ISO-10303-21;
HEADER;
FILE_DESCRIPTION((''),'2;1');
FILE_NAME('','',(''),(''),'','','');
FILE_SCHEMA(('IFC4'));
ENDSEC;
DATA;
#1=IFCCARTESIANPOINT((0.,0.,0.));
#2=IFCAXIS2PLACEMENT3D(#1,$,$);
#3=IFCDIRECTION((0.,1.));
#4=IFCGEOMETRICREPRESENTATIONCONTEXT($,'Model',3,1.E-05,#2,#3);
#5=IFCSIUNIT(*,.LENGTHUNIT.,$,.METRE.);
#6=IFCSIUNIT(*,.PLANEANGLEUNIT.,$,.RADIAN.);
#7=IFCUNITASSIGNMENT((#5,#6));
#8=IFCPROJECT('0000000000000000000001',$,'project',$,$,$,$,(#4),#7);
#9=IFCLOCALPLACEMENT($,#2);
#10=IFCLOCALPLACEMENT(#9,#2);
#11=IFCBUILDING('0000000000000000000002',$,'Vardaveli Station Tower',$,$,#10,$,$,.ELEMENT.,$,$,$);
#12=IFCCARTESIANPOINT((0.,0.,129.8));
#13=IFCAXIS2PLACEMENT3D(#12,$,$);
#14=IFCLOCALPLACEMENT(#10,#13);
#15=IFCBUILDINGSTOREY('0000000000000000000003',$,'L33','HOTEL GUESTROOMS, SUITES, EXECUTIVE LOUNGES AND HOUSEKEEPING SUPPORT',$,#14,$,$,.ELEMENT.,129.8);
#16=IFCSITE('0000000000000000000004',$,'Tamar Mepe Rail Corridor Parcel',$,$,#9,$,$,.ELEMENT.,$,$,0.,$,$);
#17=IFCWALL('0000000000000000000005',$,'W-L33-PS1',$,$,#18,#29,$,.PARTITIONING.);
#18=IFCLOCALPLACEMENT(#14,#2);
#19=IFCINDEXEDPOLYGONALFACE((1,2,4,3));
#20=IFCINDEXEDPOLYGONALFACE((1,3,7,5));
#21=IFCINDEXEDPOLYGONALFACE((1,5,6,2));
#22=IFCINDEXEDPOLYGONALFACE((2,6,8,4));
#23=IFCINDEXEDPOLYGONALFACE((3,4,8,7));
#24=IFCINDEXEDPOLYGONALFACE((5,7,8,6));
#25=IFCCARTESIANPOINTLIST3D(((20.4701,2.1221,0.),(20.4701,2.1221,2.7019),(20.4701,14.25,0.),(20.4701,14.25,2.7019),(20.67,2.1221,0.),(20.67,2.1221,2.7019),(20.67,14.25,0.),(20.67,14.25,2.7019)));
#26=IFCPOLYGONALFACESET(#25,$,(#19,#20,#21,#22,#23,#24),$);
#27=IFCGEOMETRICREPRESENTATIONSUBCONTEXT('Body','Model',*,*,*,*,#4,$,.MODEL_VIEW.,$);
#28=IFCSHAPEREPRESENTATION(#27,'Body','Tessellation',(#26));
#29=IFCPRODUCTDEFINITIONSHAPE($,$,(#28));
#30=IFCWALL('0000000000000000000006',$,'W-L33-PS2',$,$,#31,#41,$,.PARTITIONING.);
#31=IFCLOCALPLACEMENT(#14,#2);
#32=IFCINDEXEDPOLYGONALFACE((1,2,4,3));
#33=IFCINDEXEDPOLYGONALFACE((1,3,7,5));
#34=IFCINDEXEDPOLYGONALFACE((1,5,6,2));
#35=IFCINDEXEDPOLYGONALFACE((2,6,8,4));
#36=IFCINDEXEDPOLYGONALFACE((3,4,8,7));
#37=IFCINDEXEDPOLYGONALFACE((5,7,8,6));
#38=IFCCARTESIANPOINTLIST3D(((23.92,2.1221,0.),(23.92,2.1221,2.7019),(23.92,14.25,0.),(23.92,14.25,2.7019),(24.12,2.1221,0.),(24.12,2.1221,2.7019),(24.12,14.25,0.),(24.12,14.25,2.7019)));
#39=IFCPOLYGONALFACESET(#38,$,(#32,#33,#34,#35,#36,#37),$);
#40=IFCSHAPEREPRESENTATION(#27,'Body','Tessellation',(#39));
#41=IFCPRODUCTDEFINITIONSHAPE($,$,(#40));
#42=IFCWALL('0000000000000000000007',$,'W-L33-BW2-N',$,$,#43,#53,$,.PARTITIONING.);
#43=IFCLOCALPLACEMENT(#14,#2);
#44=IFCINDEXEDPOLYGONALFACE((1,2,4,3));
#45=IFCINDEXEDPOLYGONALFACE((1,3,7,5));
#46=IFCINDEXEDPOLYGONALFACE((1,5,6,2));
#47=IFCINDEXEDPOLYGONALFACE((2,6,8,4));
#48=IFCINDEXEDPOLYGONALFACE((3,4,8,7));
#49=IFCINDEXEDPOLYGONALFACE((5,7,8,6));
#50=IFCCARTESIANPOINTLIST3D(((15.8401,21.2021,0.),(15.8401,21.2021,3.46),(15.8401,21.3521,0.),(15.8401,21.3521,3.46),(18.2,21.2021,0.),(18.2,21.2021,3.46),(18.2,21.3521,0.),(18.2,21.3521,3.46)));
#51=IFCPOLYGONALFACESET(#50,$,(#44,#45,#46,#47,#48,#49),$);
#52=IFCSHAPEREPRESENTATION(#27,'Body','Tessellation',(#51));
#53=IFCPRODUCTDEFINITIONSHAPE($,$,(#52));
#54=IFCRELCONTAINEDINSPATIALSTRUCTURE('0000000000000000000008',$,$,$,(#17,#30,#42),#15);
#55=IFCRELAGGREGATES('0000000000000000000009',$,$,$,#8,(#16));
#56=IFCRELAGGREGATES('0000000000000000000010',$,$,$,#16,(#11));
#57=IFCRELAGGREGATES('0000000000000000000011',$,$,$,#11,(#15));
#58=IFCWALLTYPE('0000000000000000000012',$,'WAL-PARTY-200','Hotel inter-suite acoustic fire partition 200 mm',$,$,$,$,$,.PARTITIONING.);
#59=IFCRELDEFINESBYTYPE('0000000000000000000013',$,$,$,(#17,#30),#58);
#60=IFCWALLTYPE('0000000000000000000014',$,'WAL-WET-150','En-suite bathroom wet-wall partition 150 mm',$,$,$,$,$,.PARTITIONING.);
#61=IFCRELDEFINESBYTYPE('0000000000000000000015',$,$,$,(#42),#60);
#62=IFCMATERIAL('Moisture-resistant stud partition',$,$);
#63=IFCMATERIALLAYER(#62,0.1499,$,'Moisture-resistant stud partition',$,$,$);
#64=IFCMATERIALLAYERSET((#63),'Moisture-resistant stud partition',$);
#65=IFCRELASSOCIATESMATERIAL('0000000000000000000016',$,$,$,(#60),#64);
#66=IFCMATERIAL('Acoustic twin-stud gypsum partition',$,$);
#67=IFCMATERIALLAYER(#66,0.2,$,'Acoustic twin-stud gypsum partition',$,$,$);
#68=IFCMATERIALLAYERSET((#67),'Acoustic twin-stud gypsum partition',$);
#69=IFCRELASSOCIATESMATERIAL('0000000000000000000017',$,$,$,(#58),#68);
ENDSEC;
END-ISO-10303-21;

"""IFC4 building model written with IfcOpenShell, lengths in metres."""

from ifc_helpers import new_model, si_unit, direction, frame, frame_2d, origin, place, context, subcontext, project, spatial, rectangle, extrude, source, transform, mapped, material, layer, layer_set, type_object, element, save


model = new_model("IFC4")

# Units and contexts
model_context = context("Model", 3, precision=1e-05, world=origin(), true_north=direction((0.0, 1.0)))
body_context = subcontext(model_context, "Body", "Model", "MODEL_VIEW")
ifc_project = project(units=[si_unit("LENGTHUNIT", "METRE"), si_unit("PLANEANGLEUNIT", "RADIAN")], contexts=[model_context])

# Site, building, storey
site_placement = place(None, origin())
site = spatial("IfcSite", under=ifc_project, at=site_placement, Name="Tamar Mepe Rail Corridor Parcel", CompositionType="ELEMENT", RefElevation=0.0)
building_placement = place(site_placement, origin())
building = spatial("IfcBuilding", under=site, at=building_placement, Name="Vardaveli Station Tower", CompositionType="ELEMENT")
storey_placement = place(building_placement, frame((0.0, 0.0, 129.8)))
storey = spatial("IfcBuildingStorey", under=building, at=storey_placement, Name="L33", Description="HOTEL GUESTROOMS, SUITES, EXECUTIVE LOUNGES AND HOUSEKEEPING SUPPORT", CompositionType="ELEMENT", Elevation=129.8)

# Shared definitions
ifc_material_1 = material(Name="Moisture-resistant stud partition")
ifc_layer_1 = layer(ifc_material_1, 0.1499, Name="Moisture-resistant stud partition")
ifc_layer_set_1 = layer_set([ifc_layer_1], Name="Moisture-resistant stud partition")
wall_type_1 = type_object("IfcWallType", Name="WAL-WET-150", Description="En-suite bathroom wet-wall partition 150 mm", PredefinedType="PARTITIONING", material=ifc_layer_set_1)

# Walls
ifc_material_2 = material(Name="Acoustic twin-stud gypsum partition")
ifc_layer_2 = layer(ifc_material_2, 0.2, Name="Acoustic twin-stud gypsum partition")
ifc_layer_set_2 = layer_set([ifc_layer_2], Name="Acoustic twin-stud gypsum partition")
wall_type_2 = type_object("IfcWallType", Name="WAL-PARTY-200", Description="Hotel inter-suite acoustic fire partition 200 mm", PredefinedType="PARTITIONING", material=ifc_layer_set_2)
shared_shape_1 = source(origin(), body_context, "Body", "SweptSolid", [
    extrude(rectangle(XDim=12.1279, YDim=0.2, at=frame_2d((6.064, 0.0))), origin(), (0.0, 0.0, 1.0), 2.7019),
])
for number, where, z_axis, x_axis, name in (
    (1, (20.5701, 2.1221, 0.0), (0.0, 0.0, 1.0), (0.0, 1.0, 0.0), "W-L33-PS1"),
    (2, (24.02, 2.1221, 0.0), (0.0, 0.0, 1.0), (0.0, 1.0, 0.0), "W-L33-PS2"),
):
    element("IfcWall", number, at=place(storey_placement, frame(where, z_axis=z_axis, x_axis=x_axis)), inside=storey, type_object=wall_type_2, Name=name, PredefinedType="PARTITIONING", context=body_context, shape_type="MappedRepresentation", body=[
        mapped(shared_shape_1, transform((0.0, 0.0, 0.0), scale=1.0)),
    ])
shared_shape_2 = source(origin(), body_context, "Body", "SweptSolid", [
    extrude(rectangle(XDim=2.3599, YDim=0.1499, at=frame_2d((1.1799, 0.0))), origin(), (0.0, 0.0, 1.0), 3.46),
])
wall_1_placement = place(storey_placement, frame((15.8401, 21.2771, 0.0), z_axis=(0.0, 0.0, 1.0), x_axis=(1.0, 0.0, 0.0)))
element("IfcWall", 3, at=wall_1_placement, inside=storey, type_object=wall_type_1, Name="W-L33-BW2-N", PredefinedType="PARTITIONING", context=body_context, shape_type="MappedRepresentation", body=[
    mapped(shared_shape_2, transform((0.0, 0.0, 0.0), scale=1.0)),
])

save(model, "model.ifc")
